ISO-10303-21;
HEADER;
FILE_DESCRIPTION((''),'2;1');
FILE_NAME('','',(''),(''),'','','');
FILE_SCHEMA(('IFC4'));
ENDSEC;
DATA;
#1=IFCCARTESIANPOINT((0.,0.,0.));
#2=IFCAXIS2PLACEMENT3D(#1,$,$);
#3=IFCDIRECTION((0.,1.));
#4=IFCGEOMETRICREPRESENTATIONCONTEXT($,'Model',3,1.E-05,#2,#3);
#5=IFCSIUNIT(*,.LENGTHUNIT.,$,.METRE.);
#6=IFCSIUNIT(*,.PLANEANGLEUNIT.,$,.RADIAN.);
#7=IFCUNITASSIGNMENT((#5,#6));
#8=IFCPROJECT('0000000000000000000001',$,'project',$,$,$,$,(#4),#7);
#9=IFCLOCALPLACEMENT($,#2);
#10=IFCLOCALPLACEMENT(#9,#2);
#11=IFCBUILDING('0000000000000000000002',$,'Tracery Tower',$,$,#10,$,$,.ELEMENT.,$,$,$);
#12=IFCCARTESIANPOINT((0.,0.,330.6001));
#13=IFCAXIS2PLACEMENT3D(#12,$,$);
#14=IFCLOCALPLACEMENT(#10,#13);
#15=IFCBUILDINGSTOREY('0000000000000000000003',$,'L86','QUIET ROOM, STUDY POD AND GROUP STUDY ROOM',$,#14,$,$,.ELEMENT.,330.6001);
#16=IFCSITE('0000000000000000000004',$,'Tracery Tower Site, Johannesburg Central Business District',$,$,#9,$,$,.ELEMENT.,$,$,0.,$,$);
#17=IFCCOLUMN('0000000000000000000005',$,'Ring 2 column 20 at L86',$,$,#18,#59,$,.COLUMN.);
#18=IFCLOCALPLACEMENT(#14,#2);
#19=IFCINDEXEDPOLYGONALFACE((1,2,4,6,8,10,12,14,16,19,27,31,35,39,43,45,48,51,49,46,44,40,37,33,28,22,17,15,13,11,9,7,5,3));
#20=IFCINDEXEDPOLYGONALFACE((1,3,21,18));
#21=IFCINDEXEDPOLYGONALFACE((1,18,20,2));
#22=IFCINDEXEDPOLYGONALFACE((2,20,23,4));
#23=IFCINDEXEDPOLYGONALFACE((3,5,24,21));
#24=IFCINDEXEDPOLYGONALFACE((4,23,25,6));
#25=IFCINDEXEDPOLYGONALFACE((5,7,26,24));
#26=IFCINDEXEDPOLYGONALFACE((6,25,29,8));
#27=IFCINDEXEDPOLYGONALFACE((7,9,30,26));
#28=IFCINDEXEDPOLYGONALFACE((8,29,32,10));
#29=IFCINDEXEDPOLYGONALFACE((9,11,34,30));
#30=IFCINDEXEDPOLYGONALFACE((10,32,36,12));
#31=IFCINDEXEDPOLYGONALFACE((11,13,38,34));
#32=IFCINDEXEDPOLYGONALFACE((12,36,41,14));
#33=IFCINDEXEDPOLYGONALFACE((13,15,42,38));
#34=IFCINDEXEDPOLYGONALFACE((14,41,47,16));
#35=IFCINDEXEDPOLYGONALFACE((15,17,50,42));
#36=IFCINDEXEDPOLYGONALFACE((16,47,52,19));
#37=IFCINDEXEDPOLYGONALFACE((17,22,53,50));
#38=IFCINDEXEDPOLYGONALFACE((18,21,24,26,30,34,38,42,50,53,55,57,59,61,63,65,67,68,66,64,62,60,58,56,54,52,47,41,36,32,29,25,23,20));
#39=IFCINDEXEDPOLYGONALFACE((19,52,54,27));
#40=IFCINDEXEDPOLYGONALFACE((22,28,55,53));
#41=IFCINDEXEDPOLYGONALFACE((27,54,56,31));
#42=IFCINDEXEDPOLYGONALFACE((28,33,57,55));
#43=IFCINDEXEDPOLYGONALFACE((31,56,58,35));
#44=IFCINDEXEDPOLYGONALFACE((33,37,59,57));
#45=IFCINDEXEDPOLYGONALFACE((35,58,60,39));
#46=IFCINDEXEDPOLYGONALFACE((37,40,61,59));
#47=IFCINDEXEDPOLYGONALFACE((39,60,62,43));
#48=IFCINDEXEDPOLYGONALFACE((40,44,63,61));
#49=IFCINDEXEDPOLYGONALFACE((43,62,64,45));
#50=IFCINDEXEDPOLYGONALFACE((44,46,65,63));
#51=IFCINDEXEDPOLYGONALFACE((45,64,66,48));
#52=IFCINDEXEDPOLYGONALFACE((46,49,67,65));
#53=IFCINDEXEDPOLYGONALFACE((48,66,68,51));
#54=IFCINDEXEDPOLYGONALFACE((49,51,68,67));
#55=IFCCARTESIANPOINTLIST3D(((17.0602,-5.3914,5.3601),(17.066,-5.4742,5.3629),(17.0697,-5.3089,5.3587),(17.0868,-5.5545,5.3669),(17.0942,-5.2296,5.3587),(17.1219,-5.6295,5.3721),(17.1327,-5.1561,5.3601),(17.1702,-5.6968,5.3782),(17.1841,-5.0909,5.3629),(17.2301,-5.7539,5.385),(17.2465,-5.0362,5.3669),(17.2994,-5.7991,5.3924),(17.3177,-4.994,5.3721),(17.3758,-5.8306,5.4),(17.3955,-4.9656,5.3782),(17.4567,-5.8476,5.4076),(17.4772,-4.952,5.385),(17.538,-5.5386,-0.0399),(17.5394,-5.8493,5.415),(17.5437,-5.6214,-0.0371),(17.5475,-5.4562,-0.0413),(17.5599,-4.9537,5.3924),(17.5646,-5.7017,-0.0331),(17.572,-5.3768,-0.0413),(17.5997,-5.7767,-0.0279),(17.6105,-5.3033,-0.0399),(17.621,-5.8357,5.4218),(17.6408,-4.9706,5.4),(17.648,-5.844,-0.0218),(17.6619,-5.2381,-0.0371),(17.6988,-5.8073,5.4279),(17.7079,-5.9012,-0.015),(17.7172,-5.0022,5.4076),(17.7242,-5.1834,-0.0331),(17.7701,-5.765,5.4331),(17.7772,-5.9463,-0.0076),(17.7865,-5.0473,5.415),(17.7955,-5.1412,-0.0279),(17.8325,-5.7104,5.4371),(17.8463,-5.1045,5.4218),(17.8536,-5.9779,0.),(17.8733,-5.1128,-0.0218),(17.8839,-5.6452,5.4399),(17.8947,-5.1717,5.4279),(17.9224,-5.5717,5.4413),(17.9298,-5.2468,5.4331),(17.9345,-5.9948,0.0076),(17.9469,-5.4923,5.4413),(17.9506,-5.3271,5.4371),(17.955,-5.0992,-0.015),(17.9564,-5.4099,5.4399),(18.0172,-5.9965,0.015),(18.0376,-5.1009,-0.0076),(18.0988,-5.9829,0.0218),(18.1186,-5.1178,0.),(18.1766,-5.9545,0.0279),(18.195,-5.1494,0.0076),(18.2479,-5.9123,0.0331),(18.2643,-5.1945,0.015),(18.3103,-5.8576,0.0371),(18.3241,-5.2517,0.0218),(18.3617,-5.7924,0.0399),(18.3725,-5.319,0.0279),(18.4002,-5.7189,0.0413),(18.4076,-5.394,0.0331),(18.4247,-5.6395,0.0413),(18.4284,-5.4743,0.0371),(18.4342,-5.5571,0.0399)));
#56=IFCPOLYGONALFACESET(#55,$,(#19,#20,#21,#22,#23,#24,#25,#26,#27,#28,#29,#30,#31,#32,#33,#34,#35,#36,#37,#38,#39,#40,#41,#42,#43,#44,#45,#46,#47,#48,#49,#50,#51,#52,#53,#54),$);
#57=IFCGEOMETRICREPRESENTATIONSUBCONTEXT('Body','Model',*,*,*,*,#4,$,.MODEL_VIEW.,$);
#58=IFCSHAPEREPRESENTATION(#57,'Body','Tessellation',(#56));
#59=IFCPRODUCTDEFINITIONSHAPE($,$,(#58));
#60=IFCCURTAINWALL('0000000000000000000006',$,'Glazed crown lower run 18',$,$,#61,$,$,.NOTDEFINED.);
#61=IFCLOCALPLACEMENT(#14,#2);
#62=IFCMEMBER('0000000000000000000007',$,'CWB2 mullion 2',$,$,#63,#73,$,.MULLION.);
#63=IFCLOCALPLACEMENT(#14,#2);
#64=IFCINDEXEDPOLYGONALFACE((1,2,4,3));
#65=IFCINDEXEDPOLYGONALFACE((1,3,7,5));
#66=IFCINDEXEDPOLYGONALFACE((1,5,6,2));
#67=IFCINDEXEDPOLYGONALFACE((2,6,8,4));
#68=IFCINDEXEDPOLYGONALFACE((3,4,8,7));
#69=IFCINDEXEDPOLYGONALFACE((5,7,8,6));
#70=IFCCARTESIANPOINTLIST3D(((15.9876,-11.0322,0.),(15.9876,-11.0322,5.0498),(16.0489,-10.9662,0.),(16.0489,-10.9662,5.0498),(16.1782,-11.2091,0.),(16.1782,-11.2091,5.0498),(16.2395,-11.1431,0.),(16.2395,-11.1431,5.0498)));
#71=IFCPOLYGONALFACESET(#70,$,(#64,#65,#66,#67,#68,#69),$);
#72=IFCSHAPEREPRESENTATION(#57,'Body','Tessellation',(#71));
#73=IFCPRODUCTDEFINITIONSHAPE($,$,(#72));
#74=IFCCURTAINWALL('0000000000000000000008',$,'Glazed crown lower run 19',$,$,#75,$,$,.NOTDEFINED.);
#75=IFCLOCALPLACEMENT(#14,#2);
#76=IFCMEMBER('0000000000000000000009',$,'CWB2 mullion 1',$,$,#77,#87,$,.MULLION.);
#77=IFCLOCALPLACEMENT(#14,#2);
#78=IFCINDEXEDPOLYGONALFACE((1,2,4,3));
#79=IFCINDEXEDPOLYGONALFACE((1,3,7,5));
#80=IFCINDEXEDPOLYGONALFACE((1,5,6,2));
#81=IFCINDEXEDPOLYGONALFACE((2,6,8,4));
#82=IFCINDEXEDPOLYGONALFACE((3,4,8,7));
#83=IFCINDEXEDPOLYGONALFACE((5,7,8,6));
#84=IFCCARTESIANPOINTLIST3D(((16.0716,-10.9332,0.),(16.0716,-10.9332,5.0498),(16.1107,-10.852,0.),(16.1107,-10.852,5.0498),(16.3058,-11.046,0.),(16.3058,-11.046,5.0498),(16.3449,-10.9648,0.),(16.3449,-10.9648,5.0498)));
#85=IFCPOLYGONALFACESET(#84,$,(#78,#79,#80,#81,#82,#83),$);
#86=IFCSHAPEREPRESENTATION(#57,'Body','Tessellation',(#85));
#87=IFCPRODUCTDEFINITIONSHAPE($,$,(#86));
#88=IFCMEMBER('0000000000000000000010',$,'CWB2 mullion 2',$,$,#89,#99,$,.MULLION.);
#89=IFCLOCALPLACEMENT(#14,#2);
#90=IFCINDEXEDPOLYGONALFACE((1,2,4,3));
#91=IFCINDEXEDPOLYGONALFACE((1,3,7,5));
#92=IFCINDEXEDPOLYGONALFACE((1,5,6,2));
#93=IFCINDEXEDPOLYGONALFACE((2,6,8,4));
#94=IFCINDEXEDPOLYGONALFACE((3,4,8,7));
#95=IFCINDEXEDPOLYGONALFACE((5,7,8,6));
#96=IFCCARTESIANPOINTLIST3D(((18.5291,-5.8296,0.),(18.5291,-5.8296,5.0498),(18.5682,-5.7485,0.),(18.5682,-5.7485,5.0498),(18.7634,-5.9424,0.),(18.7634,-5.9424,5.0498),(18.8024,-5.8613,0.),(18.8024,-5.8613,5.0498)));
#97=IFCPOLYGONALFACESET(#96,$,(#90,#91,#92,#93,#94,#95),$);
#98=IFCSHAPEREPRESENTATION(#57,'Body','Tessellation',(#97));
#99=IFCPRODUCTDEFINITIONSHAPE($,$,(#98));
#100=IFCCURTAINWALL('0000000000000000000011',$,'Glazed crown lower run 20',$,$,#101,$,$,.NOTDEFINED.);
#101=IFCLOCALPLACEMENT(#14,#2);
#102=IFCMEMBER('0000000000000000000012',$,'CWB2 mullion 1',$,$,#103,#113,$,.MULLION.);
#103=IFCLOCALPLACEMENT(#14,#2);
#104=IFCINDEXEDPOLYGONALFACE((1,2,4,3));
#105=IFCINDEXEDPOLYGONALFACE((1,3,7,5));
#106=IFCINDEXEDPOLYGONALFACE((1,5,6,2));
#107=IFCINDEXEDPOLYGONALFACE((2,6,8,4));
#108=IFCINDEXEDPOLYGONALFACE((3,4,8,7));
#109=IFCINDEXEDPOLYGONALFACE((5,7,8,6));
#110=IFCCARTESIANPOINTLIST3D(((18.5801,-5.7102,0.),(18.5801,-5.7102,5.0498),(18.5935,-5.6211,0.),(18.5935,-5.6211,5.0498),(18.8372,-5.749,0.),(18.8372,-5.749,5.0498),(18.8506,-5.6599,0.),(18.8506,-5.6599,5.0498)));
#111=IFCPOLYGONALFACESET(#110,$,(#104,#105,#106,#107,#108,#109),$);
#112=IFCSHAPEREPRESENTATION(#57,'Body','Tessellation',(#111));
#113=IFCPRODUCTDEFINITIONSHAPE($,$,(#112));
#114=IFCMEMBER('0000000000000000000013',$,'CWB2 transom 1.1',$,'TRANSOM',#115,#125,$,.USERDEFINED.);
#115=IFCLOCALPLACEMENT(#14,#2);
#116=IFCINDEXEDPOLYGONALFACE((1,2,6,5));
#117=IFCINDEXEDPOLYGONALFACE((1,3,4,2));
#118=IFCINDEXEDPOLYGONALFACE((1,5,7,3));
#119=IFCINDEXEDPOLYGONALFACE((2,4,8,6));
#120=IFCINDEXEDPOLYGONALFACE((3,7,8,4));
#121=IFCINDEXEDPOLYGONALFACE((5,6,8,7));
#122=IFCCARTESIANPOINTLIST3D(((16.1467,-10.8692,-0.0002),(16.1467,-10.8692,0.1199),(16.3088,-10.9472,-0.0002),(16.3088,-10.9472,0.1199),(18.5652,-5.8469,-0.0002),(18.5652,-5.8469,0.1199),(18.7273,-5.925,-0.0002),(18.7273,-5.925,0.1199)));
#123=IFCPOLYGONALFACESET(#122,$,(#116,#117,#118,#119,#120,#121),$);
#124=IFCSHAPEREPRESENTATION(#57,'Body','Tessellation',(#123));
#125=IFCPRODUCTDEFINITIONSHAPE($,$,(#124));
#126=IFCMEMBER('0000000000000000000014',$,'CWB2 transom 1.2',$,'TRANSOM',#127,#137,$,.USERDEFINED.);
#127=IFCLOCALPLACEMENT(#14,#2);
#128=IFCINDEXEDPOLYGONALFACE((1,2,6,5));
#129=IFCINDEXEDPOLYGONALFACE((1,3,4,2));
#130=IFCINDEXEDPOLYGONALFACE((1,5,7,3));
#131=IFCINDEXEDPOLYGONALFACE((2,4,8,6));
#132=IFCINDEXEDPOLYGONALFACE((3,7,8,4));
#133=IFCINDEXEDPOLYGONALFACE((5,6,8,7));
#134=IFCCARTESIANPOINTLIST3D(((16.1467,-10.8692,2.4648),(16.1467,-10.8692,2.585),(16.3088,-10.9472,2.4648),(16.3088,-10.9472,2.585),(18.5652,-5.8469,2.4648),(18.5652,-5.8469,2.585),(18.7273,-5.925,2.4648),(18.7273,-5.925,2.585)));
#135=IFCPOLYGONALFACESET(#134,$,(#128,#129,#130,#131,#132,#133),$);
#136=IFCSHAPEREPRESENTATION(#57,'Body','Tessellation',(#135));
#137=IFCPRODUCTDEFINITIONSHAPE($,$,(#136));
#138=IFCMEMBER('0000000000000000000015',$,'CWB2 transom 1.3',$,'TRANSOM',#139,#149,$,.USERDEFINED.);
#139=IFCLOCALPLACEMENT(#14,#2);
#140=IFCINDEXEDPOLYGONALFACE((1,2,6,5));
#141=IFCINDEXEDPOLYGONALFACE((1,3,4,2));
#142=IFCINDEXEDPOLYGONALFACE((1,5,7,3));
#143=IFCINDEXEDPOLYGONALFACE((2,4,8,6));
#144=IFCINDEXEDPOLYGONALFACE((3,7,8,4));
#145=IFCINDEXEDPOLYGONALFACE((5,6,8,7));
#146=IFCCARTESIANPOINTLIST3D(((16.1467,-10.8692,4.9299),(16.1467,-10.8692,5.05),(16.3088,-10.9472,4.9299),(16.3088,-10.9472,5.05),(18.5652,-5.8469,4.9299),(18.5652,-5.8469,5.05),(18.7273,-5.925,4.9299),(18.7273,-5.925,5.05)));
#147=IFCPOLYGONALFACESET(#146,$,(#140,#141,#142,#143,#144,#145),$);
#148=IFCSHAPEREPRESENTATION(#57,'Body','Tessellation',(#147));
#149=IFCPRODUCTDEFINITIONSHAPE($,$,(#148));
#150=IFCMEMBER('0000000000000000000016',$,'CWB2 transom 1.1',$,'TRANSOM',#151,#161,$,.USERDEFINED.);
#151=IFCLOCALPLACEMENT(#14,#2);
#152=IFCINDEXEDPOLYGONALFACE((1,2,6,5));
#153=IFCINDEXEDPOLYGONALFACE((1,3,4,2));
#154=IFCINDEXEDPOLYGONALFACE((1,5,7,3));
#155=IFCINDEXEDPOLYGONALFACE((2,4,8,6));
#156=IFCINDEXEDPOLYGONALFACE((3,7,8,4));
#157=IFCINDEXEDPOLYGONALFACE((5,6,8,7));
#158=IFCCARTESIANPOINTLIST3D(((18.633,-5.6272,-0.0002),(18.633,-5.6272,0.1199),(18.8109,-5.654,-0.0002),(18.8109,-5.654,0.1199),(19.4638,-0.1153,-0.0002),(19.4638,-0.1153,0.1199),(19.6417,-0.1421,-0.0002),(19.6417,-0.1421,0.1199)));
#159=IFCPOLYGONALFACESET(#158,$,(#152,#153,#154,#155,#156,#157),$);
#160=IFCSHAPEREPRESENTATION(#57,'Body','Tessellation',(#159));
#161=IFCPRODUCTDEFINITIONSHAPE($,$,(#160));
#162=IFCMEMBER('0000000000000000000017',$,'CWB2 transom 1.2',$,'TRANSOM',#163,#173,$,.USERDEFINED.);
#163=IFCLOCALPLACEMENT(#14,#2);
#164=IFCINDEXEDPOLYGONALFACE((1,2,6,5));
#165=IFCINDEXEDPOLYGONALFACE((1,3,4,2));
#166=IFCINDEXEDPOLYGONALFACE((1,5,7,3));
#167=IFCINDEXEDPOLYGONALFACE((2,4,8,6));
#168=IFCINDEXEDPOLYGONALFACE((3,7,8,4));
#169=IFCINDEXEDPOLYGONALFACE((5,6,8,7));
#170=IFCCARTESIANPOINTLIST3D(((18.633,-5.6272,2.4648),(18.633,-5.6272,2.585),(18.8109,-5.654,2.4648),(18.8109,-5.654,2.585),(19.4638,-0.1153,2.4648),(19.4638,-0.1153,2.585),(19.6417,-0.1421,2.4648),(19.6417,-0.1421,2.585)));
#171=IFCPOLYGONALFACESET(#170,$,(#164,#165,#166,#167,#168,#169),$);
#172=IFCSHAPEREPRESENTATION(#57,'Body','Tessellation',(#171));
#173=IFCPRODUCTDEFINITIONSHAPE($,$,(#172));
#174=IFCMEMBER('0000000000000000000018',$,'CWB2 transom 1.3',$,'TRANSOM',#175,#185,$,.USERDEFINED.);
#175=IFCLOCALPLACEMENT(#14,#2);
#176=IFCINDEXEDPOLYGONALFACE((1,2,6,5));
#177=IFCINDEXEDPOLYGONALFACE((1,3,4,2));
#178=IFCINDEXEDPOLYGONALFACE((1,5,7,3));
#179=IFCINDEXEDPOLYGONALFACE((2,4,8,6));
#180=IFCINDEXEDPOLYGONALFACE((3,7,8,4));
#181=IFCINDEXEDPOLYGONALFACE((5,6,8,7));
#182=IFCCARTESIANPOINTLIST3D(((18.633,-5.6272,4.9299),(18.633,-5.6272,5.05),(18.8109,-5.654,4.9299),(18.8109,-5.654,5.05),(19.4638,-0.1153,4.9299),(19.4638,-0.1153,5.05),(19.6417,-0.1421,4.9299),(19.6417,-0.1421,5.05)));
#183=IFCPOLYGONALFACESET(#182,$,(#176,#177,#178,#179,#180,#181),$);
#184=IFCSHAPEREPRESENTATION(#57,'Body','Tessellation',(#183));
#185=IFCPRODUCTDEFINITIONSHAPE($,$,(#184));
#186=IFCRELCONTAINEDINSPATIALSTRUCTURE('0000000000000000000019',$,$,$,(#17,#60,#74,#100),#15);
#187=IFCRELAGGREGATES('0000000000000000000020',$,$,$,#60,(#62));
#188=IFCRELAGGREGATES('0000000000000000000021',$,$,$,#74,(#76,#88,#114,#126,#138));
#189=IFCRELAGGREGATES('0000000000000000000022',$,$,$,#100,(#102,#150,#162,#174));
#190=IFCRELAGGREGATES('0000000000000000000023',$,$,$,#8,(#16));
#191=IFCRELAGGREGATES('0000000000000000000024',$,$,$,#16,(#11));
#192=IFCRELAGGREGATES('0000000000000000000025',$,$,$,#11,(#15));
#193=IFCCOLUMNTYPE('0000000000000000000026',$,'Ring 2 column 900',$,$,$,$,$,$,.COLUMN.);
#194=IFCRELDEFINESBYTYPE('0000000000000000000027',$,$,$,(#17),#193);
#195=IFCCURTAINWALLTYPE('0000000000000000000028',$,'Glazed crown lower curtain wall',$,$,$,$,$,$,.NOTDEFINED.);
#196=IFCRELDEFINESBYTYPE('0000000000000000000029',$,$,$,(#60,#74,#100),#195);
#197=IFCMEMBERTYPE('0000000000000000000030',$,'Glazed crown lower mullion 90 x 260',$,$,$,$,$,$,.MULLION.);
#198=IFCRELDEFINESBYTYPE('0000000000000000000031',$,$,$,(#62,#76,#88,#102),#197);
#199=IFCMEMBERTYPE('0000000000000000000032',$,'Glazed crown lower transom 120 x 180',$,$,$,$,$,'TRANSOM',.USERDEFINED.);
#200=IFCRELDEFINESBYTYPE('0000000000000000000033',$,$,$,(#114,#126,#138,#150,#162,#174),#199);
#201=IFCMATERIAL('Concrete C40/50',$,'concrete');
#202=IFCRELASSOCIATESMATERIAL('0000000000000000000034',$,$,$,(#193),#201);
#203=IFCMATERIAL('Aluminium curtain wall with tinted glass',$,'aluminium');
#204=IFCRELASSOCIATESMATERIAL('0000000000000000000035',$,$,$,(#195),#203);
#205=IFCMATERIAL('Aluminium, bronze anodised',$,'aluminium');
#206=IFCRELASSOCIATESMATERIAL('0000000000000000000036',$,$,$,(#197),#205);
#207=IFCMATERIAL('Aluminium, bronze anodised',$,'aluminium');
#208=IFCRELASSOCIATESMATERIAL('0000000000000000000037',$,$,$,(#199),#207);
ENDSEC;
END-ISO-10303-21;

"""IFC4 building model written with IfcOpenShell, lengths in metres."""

from ifc_helpers import new_model, si_unit, direction, frame, origin, origin_2d, place, context, subcontext, project, spatial, rectangle, circle, extrude, material, material_profile, profile_set, type_object, element, aggregate, save


model = new_model("IFC4")

# Units and contexts
model_context = context("Model", 3, precision=1e-05, world=origin(), true_north=direction((0.0, 1.0)))
body_context = subcontext(model_context, "Body", "Model", "MODEL_VIEW")
ifc_project = project(units=[si_unit("LENGTHUNIT", "METRE"), si_unit("PLANEANGLEUNIT", "RADIAN")], contexts=[model_context])

# Site, building, storey
site_placement = place(None, origin())
site = spatial("IfcSite", under=ifc_project, at=site_placement, Name="Tracery Tower Site, Johannesburg Central Business District", CompositionType="ELEMENT", RefElevation=0.0)
building_placement = place(site_placement, origin())
building = spatial("IfcBuilding", under=site, at=building_placement, Name="Tracery Tower", CompositionType="ELEMENT")
storey_placement = place(building_placement, frame((0.0, 0.0, 330.6001)))
storey = spatial("IfcBuildingStorey", under=building, at=storey_placement, Name="L86", Description="QUIET ROOM, STUDY POD AND GROUP STUDY ROOM", CompositionType="ELEMENT", Elevation=330.6001)

# Column
ifc_material_1 = material(Name="Concrete C40/50", Category="concrete")
ifc_material_profile_1 = material_profile(ifc_material_1, circle(Radius=0.45, at=origin_2d()), Name="RC D900")
ifc_profile_set_1 = profile_set([ifc_material_profile_1], Name="Concrete C40/50")
column_type = type_object("IfcColumnType", Name="Ring 2 column 900", PredefinedType="COLUMN", material=ifc_profile_set_1)
column_placement = place(storey_placement, frame((17.9861, -5.5479, 0.0), z_axis=(-0.088103, 0.027147, 0.995741), x_axis=(-0.294463, -0.955663, 0.0)))
element("IfcColumn", 1, at=column_placement, inside=storey, type_object=column_type, Name="Ring 2 column 20 at L86", PredefinedType="COLUMN", context=body_context, shape_type="SweptSolid", body=[
    extrude(circle(Radius=0.45, at=origin_2d()), origin(), (0.0, 0.0, 1.0), 5.4231),
])

# Curtain wall, member
ifc_material_2 = material(Name="Aluminium curtain wall with tinted glass", Category="aluminium")
curtain_wall_type = type_object("IfcCurtainWallType", Name="Glazed crown lower curtain wall", PredefinedType="NOTDEFINED", material=ifc_material_2)
curtain_wall_1_placement = place(storey_placement, origin())
curtain_wall_1 = element("IfcCurtainWall", 2, at=curtain_wall_1_placement, inside=storey, type_object=curtain_wall_type, Name="Glazed crown lower run 18", PredefinedType="NOTDEFINED")
ifc_material_3 = material(Name="Aluminium, bronze anodised", Category="aluminium")
ifc_material_profile_2 = material_profile(ifc_material_3, rectangle(XDim=0.26, YDim=0.0901, at=origin_2d()), Name="Glazed crown lower mullion 90 x 260")
ifc_profile_set_2 = profile_set([ifc_material_profile_2], Name="Aluminium, bronze anodised")
member_type_1 = type_object("IfcMemberType", Name="Glazed crown lower mullion 90 x 260", PredefinedType="MULLION", material=ifc_profile_set_2)
member_1_placement = place(storey_placement, frame((16.1135, -11.0876, 0.0), z_axis=(0.0, 0.0, 1.0), x_axis=(-0.733054, 0.68017, 0.0)))
member_1 = element("IfcMember", 3, at=member_1_placement, type_object=member_type_1, Name="CWB2 mullion 2", PredefinedType="MULLION", context=body_context, shape_type="SweptSolid", body=[
    extrude(rectangle(XDim=0.26, YDim=0.0901, at=origin_2d()), origin(), (0.0, 0.0, 1.0), 5.0498),
])
aggregate(curtain_wall_1, [member_1])

# Curtain wall, members
curtain_wall_2_placement = place(storey_placement, origin())
curtain_wall_2 = element("IfcCurtainWall", 4, at=curtain_wall_2_placement, inside=storey, type_object=curtain_wall_type, Name="Glazed crown lower run 19", PredefinedType="NOTDEFINED")
member_2_placement = place(storey_placement, frame((16.2083, -10.949, 0.0), z_axis=(0.0, 0.0, 1.0), x_axis=(-0.900974, 0.433873, 0.0)))
member_2 = element("IfcMember", 5, at=member_2_placement, type_object=member_type_1, Name="CWB2 mullion 1", PredefinedType="MULLION", context=body_context, shape_type="SweptSolid", body=[
    extrude(rectangle(XDim=0.26, YDim=0.0901, at=origin_2d()), origin(), (0.0, 0.0, 1.0), 5.0498),
])
member_3_placement = place(storey_placement, frame((18.6658, -5.8455, 0.0), z_axis=(0.0, 0.0, 1.0), x_axis=(-0.900974, 0.433873, 0.0)))
member_3 = element("IfcMember", 6, at=member_3_placement, type_object=member_type_1, Name="CWB2 mullion 2", PredefinedType="MULLION", context=body_context, shape_type="SweptSolid", body=[
    extrude(rectangle(XDim=0.26, YDim=0.0901, at=origin_2d()), origin(), (0.0, 0.0, 1.0), 5.0498),
])

# Curtain wall, member
curtain_wall_3_placement = place(storey_placement, origin())
curtain_wall_3 = element("IfcCurtainWall", 7, at=curtain_wall_3_placement, inside=storey, type_object=curtain_wall_type, Name="Glazed crown lower run 20", PredefinedType="NOTDEFINED")
member_4_placement = place(storey_placement, frame((18.7153, -5.6851, 0.0), z_axis=(0.0, 0.0, 1.0), x_axis=(-0.988831, 0.14904, 0.0)))
member_4 = element("IfcMember", 8, at=member_4_placement, type_object=member_type_1, Name="CWB2 mullion 1", PredefinedType="MULLION", context=body_context, shape_type="SweptSolid", body=[
    extrude(rectangle(XDim=0.26, YDim=0.0901, at=origin_2d()), origin(), (0.0, 0.0, 1.0), 5.0498),
])

# Members
ifc_material_4 = material(Name="Aluminium, bronze anodised", Category="aluminium")
ifc_material_profile_3 = material_profile(ifc_material_4, rectangle(XDim=0.1799, YDim=0.1201, at=origin_2d()), Name="Glazed crown lower transom 120 x 180")
ifc_profile_set_3 = profile_set([ifc_material_profile_3], Name="Aluminium, bronze anodised")
member_type_2 = type_object("IfcMemberType", Name="Glazed crown lower transom 120 x 180", ElementType="TRANSOM", PredefinedType="USERDEFINED", material=ifc_profile_set_3)
member_5_placement = place(storey_placement, frame((16.2278, -10.9082, 0.0598), z_axis=(0.433867, 0.900977, 0.0), x_axis=(-0.900977, 0.433867, 0.0)))
member_5 = element("IfcMember", 9, at=member_5_placement, type_object=member_type_2, Name="CWB2 transom 1.1", ObjectType="TRANSOM", PredefinedType="USERDEFINED", context=body_context, shape_type="SweptSolid", body=[
    extrude(rectangle(XDim=0.1799, YDim=0.1201, at=origin_2d()), origin(), (0.0, 0.0, 1.0), 5.5742),
])
member_6_placement = place(storey_placement, frame((16.2278, -10.9082, 2.5249), z_axis=(0.433867, 0.900977, 0.0), x_axis=(-0.900977, 0.433867, 0.0)))
member_6 = element("IfcMember", 10, at=member_6_placement, type_object=member_type_2, Name="CWB2 transom 1.2", ObjectType="TRANSOM", PredefinedType="USERDEFINED", context=body_context, shape_type="SweptSolid", body=[
    extrude(rectangle(XDim=0.1799, YDim=0.1201, at=origin_2d()), origin(), (0.0, 0.0, 1.0), 5.5742),
])
member_7_placement = place(storey_placement, frame((16.2278, -10.9082, 4.99), z_axis=(0.433867, 0.900977, 0.0), x_axis=(-0.900977, 0.433867, 0.0)))
member_7 = element("IfcMember", 11, at=member_7_placement, type_object=member_type_2, Name="CWB2 transom 1.3", ObjectType="TRANSOM", PredefinedType="USERDEFINED", context=body_context, shape_type="SweptSolid", body=[
    extrude(rectangle(XDim=0.1799, YDim=0.1201, at=origin_2d()), origin(), (0.0, 0.0, 1.0), 5.5742),
])
member_8_placement = place(storey_placement, frame((18.7219, -5.6406, 0.0598), z_axis=(0.149045, 0.98883, 0.0), x_axis=(-0.98883, 0.149045, 0.0)))
member_8 = element("IfcMember", 12, at=member_8_placement, type_object=member_type_2, Name="CWB2 transom 1.1", ObjectType="TRANSOM", PredefinedType="USERDEFINED", context=body_context, shape_type="SweptSolid", body=[
    extrude(rectangle(XDim=0.1799, YDim=0.1201, at=origin_2d()), origin(), (0.0, 0.0, 1.0), 5.5742),
])
member_9_placement = place(storey_placement, frame((18.7219, -5.6406, 2.5249), z_axis=(0.149045, 0.98883, 0.0), x_axis=(-0.98883, 0.149045, 0.0)))
member_9 = element("IfcMember", 13, at=member_9_placement, type_object=member_type_2, Name="CWB2 transom 1.2", ObjectType="TRANSOM", PredefinedType="USERDEFINED", context=body_context, shape_type="SweptSolid", body=[
    extrude(rectangle(XDim=0.1799, YDim=0.1201, at=origin_2d()), origin(), (0.0, 0.0, 1.0), 5.5742),
])
member_10_placement = place(storey_placement, frame((18.7219, -5.6406, 4.99), z_axis=(0.149045, 0.98883, 0.0), x_axis=(-0.98883, 0.149045, 0.0)))
member_10 = element("IfcMember", 14, at=member_10_placement, type_object=member_type_2, Name="CWB2 transom 1.3", ObjectType="TRANSOM", PredefinedType="USERDEFINED", context=body_context, shape_type="SweptSolid", body=[
    extrude(rectangle(XDim=0.1799, YDim=0.1201, at=origin_2d()), origin(), (0.0, 0.0, 1.0), 5.5742),
])

aggregate(curtain_wall_2, [member_2, member_3, member_5, member_6, member_7])
aggregate(curtain_wall_3, [member_4, member_8, member_9, member_10])

save(model, "model.ifc")
